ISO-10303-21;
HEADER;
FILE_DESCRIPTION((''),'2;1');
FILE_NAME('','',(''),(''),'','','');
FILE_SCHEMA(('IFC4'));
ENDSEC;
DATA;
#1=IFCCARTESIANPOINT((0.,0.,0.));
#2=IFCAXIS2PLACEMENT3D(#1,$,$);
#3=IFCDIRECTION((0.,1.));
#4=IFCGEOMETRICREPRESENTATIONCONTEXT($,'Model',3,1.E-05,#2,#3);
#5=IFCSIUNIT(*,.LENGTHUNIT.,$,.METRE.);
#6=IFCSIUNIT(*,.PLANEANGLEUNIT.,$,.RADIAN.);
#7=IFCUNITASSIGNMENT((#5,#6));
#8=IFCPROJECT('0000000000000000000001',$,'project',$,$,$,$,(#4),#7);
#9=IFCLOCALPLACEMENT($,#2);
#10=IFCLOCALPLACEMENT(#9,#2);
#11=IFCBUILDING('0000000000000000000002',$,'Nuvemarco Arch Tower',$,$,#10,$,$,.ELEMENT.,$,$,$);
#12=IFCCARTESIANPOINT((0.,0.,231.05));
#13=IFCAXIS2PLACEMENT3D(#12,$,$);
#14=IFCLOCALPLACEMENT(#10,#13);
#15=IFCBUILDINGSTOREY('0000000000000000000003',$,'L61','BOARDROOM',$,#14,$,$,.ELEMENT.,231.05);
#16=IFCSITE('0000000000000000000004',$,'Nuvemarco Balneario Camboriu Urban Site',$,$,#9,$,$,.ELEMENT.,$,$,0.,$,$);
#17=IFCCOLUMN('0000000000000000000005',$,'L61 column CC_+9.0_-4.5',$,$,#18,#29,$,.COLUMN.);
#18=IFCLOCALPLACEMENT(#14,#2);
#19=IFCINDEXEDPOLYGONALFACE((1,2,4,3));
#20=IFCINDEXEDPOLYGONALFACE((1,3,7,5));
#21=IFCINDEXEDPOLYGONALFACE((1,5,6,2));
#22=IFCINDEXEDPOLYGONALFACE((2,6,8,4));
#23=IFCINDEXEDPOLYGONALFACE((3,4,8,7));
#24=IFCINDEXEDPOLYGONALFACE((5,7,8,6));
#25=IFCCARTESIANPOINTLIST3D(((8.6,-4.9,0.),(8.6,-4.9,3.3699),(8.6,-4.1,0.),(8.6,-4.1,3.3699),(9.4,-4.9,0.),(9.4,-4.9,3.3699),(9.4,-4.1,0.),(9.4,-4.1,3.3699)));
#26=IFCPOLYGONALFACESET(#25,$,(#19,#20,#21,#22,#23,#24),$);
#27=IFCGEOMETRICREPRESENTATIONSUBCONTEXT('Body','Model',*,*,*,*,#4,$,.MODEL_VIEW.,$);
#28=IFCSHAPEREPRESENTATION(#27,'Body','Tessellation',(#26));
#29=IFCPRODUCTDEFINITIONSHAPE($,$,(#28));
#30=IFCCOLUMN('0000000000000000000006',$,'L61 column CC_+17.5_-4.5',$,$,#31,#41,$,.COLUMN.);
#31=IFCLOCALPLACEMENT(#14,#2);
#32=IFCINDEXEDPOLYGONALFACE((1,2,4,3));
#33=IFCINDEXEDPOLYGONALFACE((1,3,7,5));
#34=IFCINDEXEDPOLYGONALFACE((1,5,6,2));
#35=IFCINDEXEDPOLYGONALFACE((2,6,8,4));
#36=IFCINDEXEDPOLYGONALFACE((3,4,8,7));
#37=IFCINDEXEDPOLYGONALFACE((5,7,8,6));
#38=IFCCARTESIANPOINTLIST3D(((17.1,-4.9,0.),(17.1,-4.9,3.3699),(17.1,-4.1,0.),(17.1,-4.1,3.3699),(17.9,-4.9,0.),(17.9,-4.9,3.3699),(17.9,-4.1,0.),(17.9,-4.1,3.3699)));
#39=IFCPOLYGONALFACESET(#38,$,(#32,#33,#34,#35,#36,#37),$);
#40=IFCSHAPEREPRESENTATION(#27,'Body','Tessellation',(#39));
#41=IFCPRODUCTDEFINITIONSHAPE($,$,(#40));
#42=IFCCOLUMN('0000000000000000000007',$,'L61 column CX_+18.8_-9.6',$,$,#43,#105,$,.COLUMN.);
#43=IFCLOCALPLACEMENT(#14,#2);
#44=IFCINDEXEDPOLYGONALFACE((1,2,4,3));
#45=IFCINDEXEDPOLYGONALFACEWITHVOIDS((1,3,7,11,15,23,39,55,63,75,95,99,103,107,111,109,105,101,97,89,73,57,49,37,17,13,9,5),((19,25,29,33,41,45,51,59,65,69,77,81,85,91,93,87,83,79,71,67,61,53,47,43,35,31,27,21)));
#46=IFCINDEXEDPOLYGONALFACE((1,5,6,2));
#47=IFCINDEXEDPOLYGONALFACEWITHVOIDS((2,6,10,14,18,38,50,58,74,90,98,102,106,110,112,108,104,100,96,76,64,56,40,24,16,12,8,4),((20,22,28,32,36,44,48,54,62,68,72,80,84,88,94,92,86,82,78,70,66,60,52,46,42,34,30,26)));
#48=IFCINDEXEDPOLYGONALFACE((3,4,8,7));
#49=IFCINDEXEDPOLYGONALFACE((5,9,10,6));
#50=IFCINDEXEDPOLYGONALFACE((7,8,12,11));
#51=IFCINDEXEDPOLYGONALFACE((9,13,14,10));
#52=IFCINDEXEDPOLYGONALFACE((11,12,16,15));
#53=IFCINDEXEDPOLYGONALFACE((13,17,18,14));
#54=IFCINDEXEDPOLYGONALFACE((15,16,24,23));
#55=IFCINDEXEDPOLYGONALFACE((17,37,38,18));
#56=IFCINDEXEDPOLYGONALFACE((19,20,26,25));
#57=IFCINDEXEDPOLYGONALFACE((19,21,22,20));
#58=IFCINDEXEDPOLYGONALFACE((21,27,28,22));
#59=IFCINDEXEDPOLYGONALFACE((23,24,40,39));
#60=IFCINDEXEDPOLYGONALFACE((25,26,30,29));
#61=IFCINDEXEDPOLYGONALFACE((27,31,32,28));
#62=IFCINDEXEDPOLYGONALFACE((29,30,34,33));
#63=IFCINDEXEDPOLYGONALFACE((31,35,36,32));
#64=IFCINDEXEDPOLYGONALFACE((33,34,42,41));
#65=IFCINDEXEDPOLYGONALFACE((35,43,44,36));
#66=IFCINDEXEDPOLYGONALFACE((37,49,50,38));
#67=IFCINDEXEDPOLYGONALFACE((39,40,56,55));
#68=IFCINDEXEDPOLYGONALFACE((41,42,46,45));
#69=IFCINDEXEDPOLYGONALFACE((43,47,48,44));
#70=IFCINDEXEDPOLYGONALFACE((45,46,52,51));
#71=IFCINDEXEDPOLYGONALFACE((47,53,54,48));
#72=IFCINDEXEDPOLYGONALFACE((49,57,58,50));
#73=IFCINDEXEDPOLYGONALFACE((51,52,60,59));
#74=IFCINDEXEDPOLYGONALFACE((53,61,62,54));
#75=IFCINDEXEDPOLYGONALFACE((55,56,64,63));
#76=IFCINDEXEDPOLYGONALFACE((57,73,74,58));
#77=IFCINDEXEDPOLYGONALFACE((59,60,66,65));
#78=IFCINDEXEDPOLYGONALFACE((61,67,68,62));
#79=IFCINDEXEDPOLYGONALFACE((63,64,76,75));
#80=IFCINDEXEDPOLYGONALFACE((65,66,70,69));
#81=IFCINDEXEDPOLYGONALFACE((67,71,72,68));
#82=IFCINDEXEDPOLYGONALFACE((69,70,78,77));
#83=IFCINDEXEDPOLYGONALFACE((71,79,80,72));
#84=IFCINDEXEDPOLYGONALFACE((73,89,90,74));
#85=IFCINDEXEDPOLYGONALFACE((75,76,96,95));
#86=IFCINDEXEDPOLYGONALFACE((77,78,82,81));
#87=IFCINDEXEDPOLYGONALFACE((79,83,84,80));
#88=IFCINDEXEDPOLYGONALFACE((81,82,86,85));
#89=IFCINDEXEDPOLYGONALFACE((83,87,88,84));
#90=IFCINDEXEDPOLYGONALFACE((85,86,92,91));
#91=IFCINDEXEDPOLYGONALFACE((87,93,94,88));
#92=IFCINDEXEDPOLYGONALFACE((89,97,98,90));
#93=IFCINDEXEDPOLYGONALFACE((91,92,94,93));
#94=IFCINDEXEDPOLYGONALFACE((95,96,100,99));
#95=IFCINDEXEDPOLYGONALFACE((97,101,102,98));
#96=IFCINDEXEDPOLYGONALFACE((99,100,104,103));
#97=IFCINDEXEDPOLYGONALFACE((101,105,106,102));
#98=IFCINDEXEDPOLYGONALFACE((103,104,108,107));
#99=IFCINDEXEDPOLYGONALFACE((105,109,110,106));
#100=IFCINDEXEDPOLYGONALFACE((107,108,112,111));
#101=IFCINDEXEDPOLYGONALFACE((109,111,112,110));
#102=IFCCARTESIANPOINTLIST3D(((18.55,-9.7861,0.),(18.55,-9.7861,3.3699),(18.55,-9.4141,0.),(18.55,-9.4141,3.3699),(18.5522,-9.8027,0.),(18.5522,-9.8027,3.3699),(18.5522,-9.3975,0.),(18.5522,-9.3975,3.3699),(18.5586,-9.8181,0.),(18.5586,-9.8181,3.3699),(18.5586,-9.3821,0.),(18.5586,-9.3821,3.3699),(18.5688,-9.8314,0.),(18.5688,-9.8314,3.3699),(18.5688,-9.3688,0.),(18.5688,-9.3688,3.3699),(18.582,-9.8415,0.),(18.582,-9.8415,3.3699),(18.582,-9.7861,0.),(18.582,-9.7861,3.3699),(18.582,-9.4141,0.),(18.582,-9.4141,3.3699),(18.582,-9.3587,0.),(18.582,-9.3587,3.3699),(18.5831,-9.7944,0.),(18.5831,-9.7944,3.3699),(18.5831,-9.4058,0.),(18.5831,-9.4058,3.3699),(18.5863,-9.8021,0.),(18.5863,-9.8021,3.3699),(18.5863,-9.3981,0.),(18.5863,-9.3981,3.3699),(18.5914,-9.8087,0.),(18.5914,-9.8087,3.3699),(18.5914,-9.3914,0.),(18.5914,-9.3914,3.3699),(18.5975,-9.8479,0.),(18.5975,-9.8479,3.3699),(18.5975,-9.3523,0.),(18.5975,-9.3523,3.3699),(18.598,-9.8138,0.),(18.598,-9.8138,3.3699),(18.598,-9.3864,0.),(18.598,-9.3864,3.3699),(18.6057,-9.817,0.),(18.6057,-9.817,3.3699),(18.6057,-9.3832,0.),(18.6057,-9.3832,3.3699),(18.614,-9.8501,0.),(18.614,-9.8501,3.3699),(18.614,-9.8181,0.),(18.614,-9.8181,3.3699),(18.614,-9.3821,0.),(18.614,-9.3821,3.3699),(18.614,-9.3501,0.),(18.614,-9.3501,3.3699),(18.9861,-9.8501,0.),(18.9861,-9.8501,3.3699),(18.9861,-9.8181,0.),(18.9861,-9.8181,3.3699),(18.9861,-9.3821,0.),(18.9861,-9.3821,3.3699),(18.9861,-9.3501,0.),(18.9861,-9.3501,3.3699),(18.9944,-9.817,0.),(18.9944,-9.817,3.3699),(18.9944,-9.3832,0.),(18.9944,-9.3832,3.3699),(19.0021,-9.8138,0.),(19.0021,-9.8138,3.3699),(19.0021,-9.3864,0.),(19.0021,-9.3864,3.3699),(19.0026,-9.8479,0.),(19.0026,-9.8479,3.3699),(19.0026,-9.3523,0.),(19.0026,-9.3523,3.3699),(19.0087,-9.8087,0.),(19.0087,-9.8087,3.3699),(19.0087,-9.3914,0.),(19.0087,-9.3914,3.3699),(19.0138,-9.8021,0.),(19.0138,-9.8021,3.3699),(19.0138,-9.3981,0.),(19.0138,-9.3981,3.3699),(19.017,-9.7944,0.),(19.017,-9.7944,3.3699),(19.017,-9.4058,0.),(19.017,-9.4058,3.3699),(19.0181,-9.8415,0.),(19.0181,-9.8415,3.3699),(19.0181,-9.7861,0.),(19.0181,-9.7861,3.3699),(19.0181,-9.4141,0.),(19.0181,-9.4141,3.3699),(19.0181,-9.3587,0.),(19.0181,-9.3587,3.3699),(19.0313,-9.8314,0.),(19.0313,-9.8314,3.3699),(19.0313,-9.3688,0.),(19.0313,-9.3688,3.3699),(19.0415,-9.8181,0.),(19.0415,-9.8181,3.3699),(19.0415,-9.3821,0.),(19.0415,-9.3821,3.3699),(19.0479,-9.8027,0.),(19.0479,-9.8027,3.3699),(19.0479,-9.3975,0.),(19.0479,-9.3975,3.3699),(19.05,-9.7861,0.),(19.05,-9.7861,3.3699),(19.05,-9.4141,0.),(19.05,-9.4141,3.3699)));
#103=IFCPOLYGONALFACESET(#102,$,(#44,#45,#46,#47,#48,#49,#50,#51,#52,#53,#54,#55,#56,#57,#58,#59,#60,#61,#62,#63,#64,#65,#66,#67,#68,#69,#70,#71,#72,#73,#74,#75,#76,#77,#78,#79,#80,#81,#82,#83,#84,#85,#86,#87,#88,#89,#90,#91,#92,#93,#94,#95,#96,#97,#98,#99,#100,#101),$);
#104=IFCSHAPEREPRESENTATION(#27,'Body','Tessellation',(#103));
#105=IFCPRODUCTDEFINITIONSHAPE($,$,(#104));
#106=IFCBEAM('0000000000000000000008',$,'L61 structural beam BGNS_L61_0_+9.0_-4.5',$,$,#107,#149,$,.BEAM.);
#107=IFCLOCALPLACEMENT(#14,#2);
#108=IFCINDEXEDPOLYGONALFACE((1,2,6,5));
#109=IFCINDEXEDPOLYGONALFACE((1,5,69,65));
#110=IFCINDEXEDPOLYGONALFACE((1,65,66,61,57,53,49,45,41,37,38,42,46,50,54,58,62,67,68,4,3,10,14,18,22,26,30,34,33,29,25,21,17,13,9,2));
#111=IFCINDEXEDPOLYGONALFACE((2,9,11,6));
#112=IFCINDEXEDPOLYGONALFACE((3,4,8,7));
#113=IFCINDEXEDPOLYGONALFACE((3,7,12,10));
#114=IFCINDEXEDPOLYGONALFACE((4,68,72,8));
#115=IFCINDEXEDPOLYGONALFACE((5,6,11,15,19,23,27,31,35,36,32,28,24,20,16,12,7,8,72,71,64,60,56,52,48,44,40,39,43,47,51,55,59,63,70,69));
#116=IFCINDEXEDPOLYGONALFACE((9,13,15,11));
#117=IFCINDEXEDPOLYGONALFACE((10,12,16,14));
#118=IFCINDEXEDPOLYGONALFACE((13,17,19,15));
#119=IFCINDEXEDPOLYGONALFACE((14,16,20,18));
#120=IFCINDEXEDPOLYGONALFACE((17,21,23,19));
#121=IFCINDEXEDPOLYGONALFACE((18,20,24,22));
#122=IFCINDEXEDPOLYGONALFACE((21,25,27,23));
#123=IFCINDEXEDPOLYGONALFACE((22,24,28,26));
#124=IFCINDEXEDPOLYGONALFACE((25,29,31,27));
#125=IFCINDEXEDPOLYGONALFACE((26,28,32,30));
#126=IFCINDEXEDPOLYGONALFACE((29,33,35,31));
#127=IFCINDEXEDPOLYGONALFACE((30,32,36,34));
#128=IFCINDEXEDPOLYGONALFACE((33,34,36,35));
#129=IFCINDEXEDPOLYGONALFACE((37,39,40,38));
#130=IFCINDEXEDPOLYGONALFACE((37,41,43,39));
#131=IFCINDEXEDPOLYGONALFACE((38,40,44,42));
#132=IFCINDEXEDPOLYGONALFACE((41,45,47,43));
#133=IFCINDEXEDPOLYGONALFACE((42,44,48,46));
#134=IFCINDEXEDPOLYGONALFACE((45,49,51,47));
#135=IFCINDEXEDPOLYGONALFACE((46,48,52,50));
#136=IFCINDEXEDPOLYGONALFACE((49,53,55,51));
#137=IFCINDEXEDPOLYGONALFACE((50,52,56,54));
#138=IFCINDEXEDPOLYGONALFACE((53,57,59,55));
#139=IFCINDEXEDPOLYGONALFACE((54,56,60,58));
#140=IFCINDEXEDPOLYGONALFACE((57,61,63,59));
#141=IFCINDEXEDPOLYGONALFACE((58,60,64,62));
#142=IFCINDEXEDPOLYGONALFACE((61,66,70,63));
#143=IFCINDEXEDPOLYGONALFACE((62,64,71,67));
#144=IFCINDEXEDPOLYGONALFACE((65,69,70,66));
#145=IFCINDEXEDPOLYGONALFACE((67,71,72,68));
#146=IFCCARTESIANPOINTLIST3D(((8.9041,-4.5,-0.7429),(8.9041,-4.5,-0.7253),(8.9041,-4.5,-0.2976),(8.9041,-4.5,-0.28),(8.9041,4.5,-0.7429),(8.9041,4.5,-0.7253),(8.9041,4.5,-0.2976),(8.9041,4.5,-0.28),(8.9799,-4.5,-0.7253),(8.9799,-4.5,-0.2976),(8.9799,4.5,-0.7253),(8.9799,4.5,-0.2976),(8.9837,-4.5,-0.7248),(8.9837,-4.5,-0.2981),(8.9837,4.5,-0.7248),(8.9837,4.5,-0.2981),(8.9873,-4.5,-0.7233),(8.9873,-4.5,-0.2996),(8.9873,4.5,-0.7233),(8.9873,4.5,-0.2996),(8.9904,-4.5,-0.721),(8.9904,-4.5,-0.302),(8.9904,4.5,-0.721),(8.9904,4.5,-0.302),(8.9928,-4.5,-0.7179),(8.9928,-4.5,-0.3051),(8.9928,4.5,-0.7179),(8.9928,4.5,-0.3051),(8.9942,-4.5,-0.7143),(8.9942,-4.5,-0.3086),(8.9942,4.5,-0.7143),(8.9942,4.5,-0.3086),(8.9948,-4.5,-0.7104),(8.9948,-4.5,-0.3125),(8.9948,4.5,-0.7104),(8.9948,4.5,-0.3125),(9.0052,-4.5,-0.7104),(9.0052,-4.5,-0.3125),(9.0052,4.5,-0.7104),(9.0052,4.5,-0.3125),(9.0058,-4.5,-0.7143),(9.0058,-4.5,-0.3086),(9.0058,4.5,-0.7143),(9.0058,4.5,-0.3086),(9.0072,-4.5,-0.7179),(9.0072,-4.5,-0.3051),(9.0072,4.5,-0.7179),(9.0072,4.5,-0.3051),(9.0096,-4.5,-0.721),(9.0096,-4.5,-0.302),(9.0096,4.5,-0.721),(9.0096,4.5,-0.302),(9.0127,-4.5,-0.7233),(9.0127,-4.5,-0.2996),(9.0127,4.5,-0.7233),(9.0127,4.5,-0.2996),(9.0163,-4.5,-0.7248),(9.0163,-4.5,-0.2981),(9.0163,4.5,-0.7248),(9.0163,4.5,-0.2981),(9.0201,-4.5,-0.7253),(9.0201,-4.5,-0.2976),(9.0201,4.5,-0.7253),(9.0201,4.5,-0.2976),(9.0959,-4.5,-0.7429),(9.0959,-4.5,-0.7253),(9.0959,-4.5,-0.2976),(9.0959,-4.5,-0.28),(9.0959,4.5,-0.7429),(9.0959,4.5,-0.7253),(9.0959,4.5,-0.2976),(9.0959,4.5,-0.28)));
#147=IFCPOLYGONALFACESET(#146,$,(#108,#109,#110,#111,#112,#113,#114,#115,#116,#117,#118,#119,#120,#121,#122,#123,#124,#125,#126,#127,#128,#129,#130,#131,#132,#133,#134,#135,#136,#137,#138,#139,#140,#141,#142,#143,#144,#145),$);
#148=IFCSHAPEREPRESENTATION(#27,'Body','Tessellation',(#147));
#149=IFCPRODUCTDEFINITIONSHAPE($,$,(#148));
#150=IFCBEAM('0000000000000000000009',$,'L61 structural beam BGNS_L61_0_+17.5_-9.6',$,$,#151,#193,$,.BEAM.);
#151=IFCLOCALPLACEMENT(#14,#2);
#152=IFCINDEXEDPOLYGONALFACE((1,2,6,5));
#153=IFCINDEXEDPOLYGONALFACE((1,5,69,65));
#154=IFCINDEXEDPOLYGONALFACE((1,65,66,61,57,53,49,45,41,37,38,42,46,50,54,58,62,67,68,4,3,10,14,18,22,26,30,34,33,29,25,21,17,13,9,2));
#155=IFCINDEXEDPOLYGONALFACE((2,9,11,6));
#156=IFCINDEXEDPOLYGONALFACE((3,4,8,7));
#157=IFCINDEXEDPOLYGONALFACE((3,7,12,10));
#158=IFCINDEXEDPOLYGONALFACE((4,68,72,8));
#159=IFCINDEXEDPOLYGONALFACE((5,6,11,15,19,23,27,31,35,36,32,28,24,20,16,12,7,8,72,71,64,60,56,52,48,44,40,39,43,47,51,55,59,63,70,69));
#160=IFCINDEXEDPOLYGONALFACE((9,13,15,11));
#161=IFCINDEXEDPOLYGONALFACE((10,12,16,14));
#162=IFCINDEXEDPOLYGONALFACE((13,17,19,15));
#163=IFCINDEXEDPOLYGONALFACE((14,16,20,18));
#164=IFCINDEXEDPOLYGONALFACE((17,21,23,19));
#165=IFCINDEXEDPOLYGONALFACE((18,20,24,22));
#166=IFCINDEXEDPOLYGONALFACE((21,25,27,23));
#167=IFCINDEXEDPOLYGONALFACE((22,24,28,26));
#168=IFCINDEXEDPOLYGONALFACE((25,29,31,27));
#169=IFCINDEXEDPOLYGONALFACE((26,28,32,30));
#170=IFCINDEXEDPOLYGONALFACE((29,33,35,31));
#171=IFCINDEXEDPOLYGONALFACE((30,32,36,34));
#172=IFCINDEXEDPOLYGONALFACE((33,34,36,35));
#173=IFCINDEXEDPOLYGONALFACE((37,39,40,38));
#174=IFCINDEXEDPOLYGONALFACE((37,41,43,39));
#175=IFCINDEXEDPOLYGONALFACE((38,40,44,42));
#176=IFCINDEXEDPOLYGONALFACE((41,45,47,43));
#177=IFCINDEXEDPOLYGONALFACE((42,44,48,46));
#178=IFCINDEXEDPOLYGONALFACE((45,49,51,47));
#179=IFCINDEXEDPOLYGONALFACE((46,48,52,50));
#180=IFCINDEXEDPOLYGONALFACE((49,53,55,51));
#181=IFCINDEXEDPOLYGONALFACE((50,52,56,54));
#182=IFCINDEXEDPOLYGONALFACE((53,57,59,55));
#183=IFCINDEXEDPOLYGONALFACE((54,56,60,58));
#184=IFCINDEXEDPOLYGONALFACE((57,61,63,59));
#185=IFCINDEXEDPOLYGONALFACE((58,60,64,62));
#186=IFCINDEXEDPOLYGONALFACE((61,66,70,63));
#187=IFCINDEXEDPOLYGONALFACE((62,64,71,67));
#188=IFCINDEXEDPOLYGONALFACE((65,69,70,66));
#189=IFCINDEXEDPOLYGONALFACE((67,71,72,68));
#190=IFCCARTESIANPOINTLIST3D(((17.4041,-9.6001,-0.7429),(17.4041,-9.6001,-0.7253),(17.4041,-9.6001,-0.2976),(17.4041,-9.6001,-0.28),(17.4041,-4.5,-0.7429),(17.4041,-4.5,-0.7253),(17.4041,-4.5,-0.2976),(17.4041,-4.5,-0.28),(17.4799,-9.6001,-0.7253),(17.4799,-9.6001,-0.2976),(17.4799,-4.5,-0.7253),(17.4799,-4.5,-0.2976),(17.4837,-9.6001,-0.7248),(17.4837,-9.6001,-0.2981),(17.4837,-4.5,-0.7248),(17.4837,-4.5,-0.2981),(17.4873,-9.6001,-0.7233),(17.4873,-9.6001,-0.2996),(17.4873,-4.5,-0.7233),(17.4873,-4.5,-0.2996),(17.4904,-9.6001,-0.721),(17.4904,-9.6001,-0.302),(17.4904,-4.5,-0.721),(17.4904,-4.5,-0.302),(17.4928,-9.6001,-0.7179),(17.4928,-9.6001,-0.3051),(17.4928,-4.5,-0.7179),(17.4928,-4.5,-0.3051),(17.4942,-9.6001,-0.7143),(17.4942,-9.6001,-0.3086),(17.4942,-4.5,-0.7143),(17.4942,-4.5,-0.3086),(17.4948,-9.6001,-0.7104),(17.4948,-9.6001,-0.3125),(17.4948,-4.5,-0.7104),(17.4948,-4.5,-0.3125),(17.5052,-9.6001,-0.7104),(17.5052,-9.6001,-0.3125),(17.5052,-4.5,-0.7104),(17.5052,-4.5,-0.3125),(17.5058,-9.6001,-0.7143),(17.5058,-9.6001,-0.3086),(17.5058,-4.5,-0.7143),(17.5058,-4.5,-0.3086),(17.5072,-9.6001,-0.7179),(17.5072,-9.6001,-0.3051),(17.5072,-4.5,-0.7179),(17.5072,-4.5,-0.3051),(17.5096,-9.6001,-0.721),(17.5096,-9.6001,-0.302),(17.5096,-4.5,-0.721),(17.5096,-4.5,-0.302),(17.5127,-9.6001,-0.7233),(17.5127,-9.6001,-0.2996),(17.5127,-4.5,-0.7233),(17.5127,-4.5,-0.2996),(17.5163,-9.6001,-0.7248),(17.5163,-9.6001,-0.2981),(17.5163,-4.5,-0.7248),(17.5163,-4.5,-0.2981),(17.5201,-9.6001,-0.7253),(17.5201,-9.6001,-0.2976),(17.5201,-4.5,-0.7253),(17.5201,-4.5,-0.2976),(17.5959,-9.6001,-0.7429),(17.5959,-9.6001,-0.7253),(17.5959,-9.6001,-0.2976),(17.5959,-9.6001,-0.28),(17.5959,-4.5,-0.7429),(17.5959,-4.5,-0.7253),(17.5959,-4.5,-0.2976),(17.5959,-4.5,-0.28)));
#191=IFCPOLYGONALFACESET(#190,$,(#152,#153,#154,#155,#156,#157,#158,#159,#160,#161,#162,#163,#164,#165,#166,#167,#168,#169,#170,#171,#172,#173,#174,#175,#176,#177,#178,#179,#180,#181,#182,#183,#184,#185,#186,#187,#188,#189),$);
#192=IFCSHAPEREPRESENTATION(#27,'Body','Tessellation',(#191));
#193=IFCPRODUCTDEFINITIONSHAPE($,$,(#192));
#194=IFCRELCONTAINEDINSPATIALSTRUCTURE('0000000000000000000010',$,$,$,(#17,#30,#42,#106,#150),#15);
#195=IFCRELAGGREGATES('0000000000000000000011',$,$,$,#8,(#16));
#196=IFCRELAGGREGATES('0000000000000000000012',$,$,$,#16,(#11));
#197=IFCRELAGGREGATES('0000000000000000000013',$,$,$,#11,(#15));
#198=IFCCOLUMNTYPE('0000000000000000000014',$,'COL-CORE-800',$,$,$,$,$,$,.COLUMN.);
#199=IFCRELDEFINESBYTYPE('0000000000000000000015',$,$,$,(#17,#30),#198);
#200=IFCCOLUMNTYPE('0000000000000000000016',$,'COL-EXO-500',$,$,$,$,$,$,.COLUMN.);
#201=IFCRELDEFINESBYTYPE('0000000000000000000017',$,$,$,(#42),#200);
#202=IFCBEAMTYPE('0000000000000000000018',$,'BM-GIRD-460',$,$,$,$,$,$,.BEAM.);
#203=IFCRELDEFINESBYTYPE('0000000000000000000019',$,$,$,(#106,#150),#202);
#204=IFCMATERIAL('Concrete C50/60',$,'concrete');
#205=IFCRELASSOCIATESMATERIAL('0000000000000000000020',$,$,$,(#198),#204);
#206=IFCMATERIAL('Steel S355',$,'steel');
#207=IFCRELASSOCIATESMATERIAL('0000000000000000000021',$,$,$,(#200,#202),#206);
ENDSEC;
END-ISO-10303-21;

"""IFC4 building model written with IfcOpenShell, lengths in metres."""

from ifc_helpers import new_model, si_unit, direction, frame, origin, origin_2d, place, context, subcontext, project, spatial, rectangle, hollow_rectangle, i_section, extrude, material, material_profile, profile_set, type_object, element, save


model = new_model("IFC4")

# Units and contexts
model_context = context("Model", 3, precision=1e-05, world=origin(), true_north=direction((0.0, 1.0)))
body_context = subcontext(model_context, "Body", "Model", "MODEL_VIEW")
ifc_project = project(units=[si_unit("LENGTHUNIT", "METRE"), si_unit("PLANEANGLEUNIT", "RADIAN")], contexts=[model_context])

# Site, building, storey
site_placement = place(None, origin())
site = spatial("IfcSite", under=ifc_project, at=site_placement, Name="Nuvemarco Balneario Camboriu Urban Site", CompositionType="ELEMENT", RefElevation=0.0)
building_placement = place(site_placement, origin())
building = spatial("IfcBuilding", under=site, at=building_placement, Name="Nuvemarco Arch Tower", CompositionType="ELEMENT")
storey_placement = place(building_placement, frame((0.0, 0.0, 231.05)))
storey = spatial("IfcBuildingStorey", under=building, at=storey_placement, Name="L61", Description="BOARDROOM", CompositionType="ELEMENT", Elevation=231.05)

# Columns
ifc_material_1 = material(Name="Concrete C50/60", Category="concrete")
ifc_material_profile_1 = material_profile(ifc_material_1, rectangle(XDim=0.8, YDim=0.8, at=origin_2d()), Name="RC-COL-800x800")
ifc_profile_set_1 = profile_set([ifc_material_profile_1], Name="Concrete C50/60")
column_type_1 = type_object("IfcColumnType", Name="COL-CORE-800", PredefinedType="COLUMN", material=ifc_profile_set_1)
for number, where, z_axis, x_axis, name in (
    (1, (9.0, -4.5, 0.0), (0.0, 0.0, 1.0), (1.0, 0.0, 0.0), "L61 column CC_+9.0_-4.5"),
    (2, (17.5, -4.5, 0.0), (0.0, 0.0, 1.0), (1.0, 0.0, 0.0), "L61 column CC_+17.5_-4.5"),
):
    element("IfcColumn", number, at=place(storey_placement, frame(where, z_axis=z_axis, x_axis=x_axis)), inside=storey, type_object=column_type_1, Name=name, PredefinedType="COLUMN", context=body_context, shape_type="SweptSolid", body=[
        extrude(rectangle(XDim=0.8, YDim=0.8, at=origin_2d()), origin(), (0.0, 0.0, 1.0), 3.3699),
    ])
ifc_material_2 = material(Name="Steel S355", Category="steel")
ifc_material_profile_2 = material_profile(ifc_material_2, hollow_rectangle(XDim=0.5, YDim=0.5, WallThickness=0.032, InnerFilletRadius=0.032, OuterFilletRadius=0.064, at=origin_2d()), Name="SHS500x500x32")
ifc_profile_set_2 = profile_set([ifc_material_profile_2], Name="Steel S355")
column_type_2 = type_object("IfcColumnType", Name="COL-EXO-500", PredefinedType="COLUMN", material=ifc_profile_set_2)
column_placement = place(storey_placement, frame((18.8, -9.6001, 0.0), z_axis=(0.0, 0.0, 1.0), x_axis=(1.0, 0.0, 0.0)))
element("IfcColumn", 3, at=column_placement, inside=storey, type_object=column_type_2, Name="L61 column CX_+18.8_-9.6", PredefinedType="COLUMN", context=body_context, shape_type="SweptSolid", body=[
    extrude(hollow_rectangle(XDim=0.5, YDim=0.5, WallThickness=0.032, InnerFilletRadius=0.032, OuterFilletRadius=0.064, at=origin_2d()), origin(), (0.0, 0.0, 1.0), 3.3699),
])

# Beams
ifc_material_profile_3 = material_profile(ifc_material_2, i_section(OverallWidth=0.1919, OverallDepth=0.4629, WebThickness=0.0105, FlangeThickness=0.0176, FilletRadius=0.0149, at=origin_2d()), Name="W460x89")
ifc_profile_set_3 = profile_set([ifc_material_profile_3], Name="Steel S355")
beam_type_1 = type_object("IfcBeamType", Name="BM-GIRD-460", PredefinedType="BEAM", material=ifc_profile_set_3)
beam_1_placement = place(storey_placement, frame((9.0, -4.5, -0.5115), z_axis=(0.0, 1.0, 0.0), x_axis=(-1.0, 0.0, 0.0)))
element("IfcBeam", 4, at=beam_1_placement, inside=storey, type_object=beam_type_1, Name="L61 structural beam BGNS_L61_0_+9.0_-4.5", PredefinedType="BEAM", context=body_context, shape_type="SweptSolid", body=[
    extrude(i_section(OverallWidth=0.1919, OverallDepth=0.4629, WebThickness=0.0105, FlangeThickness=0.0176, FilletRadius=0.0149, at=origin_2d()), origin(), (0.0, 0.0, 1.0), 9.0),
])
beam_2_placement = place(storey_placement, frame((17.5, -9.6001, -0.5115), z_axis=(0.0, 1.0, 0.0), x_axis=(-1.0, 0.0, 0.0)))
element("IfcBeam", 5, at=beam_2_placement, inside=storey, type_object=beam_type_1, Name="L61 structural beam BGNS_L61_0_+17.5_-9.6", PredefinedType="BEAM", context=body_context, shape_type="SweptSolid", body=[
    extrude(i_section(OverallWidth=0.1919, OverallDepth=0.4629, WebThickness=0.0105, FlangeThickness=0.0176, FilletRadius=0.0149, at=origin_2d()), origin(), (0.0, 0.0, 1.0), 5.1001),
])

save(model, "model.ifc")
